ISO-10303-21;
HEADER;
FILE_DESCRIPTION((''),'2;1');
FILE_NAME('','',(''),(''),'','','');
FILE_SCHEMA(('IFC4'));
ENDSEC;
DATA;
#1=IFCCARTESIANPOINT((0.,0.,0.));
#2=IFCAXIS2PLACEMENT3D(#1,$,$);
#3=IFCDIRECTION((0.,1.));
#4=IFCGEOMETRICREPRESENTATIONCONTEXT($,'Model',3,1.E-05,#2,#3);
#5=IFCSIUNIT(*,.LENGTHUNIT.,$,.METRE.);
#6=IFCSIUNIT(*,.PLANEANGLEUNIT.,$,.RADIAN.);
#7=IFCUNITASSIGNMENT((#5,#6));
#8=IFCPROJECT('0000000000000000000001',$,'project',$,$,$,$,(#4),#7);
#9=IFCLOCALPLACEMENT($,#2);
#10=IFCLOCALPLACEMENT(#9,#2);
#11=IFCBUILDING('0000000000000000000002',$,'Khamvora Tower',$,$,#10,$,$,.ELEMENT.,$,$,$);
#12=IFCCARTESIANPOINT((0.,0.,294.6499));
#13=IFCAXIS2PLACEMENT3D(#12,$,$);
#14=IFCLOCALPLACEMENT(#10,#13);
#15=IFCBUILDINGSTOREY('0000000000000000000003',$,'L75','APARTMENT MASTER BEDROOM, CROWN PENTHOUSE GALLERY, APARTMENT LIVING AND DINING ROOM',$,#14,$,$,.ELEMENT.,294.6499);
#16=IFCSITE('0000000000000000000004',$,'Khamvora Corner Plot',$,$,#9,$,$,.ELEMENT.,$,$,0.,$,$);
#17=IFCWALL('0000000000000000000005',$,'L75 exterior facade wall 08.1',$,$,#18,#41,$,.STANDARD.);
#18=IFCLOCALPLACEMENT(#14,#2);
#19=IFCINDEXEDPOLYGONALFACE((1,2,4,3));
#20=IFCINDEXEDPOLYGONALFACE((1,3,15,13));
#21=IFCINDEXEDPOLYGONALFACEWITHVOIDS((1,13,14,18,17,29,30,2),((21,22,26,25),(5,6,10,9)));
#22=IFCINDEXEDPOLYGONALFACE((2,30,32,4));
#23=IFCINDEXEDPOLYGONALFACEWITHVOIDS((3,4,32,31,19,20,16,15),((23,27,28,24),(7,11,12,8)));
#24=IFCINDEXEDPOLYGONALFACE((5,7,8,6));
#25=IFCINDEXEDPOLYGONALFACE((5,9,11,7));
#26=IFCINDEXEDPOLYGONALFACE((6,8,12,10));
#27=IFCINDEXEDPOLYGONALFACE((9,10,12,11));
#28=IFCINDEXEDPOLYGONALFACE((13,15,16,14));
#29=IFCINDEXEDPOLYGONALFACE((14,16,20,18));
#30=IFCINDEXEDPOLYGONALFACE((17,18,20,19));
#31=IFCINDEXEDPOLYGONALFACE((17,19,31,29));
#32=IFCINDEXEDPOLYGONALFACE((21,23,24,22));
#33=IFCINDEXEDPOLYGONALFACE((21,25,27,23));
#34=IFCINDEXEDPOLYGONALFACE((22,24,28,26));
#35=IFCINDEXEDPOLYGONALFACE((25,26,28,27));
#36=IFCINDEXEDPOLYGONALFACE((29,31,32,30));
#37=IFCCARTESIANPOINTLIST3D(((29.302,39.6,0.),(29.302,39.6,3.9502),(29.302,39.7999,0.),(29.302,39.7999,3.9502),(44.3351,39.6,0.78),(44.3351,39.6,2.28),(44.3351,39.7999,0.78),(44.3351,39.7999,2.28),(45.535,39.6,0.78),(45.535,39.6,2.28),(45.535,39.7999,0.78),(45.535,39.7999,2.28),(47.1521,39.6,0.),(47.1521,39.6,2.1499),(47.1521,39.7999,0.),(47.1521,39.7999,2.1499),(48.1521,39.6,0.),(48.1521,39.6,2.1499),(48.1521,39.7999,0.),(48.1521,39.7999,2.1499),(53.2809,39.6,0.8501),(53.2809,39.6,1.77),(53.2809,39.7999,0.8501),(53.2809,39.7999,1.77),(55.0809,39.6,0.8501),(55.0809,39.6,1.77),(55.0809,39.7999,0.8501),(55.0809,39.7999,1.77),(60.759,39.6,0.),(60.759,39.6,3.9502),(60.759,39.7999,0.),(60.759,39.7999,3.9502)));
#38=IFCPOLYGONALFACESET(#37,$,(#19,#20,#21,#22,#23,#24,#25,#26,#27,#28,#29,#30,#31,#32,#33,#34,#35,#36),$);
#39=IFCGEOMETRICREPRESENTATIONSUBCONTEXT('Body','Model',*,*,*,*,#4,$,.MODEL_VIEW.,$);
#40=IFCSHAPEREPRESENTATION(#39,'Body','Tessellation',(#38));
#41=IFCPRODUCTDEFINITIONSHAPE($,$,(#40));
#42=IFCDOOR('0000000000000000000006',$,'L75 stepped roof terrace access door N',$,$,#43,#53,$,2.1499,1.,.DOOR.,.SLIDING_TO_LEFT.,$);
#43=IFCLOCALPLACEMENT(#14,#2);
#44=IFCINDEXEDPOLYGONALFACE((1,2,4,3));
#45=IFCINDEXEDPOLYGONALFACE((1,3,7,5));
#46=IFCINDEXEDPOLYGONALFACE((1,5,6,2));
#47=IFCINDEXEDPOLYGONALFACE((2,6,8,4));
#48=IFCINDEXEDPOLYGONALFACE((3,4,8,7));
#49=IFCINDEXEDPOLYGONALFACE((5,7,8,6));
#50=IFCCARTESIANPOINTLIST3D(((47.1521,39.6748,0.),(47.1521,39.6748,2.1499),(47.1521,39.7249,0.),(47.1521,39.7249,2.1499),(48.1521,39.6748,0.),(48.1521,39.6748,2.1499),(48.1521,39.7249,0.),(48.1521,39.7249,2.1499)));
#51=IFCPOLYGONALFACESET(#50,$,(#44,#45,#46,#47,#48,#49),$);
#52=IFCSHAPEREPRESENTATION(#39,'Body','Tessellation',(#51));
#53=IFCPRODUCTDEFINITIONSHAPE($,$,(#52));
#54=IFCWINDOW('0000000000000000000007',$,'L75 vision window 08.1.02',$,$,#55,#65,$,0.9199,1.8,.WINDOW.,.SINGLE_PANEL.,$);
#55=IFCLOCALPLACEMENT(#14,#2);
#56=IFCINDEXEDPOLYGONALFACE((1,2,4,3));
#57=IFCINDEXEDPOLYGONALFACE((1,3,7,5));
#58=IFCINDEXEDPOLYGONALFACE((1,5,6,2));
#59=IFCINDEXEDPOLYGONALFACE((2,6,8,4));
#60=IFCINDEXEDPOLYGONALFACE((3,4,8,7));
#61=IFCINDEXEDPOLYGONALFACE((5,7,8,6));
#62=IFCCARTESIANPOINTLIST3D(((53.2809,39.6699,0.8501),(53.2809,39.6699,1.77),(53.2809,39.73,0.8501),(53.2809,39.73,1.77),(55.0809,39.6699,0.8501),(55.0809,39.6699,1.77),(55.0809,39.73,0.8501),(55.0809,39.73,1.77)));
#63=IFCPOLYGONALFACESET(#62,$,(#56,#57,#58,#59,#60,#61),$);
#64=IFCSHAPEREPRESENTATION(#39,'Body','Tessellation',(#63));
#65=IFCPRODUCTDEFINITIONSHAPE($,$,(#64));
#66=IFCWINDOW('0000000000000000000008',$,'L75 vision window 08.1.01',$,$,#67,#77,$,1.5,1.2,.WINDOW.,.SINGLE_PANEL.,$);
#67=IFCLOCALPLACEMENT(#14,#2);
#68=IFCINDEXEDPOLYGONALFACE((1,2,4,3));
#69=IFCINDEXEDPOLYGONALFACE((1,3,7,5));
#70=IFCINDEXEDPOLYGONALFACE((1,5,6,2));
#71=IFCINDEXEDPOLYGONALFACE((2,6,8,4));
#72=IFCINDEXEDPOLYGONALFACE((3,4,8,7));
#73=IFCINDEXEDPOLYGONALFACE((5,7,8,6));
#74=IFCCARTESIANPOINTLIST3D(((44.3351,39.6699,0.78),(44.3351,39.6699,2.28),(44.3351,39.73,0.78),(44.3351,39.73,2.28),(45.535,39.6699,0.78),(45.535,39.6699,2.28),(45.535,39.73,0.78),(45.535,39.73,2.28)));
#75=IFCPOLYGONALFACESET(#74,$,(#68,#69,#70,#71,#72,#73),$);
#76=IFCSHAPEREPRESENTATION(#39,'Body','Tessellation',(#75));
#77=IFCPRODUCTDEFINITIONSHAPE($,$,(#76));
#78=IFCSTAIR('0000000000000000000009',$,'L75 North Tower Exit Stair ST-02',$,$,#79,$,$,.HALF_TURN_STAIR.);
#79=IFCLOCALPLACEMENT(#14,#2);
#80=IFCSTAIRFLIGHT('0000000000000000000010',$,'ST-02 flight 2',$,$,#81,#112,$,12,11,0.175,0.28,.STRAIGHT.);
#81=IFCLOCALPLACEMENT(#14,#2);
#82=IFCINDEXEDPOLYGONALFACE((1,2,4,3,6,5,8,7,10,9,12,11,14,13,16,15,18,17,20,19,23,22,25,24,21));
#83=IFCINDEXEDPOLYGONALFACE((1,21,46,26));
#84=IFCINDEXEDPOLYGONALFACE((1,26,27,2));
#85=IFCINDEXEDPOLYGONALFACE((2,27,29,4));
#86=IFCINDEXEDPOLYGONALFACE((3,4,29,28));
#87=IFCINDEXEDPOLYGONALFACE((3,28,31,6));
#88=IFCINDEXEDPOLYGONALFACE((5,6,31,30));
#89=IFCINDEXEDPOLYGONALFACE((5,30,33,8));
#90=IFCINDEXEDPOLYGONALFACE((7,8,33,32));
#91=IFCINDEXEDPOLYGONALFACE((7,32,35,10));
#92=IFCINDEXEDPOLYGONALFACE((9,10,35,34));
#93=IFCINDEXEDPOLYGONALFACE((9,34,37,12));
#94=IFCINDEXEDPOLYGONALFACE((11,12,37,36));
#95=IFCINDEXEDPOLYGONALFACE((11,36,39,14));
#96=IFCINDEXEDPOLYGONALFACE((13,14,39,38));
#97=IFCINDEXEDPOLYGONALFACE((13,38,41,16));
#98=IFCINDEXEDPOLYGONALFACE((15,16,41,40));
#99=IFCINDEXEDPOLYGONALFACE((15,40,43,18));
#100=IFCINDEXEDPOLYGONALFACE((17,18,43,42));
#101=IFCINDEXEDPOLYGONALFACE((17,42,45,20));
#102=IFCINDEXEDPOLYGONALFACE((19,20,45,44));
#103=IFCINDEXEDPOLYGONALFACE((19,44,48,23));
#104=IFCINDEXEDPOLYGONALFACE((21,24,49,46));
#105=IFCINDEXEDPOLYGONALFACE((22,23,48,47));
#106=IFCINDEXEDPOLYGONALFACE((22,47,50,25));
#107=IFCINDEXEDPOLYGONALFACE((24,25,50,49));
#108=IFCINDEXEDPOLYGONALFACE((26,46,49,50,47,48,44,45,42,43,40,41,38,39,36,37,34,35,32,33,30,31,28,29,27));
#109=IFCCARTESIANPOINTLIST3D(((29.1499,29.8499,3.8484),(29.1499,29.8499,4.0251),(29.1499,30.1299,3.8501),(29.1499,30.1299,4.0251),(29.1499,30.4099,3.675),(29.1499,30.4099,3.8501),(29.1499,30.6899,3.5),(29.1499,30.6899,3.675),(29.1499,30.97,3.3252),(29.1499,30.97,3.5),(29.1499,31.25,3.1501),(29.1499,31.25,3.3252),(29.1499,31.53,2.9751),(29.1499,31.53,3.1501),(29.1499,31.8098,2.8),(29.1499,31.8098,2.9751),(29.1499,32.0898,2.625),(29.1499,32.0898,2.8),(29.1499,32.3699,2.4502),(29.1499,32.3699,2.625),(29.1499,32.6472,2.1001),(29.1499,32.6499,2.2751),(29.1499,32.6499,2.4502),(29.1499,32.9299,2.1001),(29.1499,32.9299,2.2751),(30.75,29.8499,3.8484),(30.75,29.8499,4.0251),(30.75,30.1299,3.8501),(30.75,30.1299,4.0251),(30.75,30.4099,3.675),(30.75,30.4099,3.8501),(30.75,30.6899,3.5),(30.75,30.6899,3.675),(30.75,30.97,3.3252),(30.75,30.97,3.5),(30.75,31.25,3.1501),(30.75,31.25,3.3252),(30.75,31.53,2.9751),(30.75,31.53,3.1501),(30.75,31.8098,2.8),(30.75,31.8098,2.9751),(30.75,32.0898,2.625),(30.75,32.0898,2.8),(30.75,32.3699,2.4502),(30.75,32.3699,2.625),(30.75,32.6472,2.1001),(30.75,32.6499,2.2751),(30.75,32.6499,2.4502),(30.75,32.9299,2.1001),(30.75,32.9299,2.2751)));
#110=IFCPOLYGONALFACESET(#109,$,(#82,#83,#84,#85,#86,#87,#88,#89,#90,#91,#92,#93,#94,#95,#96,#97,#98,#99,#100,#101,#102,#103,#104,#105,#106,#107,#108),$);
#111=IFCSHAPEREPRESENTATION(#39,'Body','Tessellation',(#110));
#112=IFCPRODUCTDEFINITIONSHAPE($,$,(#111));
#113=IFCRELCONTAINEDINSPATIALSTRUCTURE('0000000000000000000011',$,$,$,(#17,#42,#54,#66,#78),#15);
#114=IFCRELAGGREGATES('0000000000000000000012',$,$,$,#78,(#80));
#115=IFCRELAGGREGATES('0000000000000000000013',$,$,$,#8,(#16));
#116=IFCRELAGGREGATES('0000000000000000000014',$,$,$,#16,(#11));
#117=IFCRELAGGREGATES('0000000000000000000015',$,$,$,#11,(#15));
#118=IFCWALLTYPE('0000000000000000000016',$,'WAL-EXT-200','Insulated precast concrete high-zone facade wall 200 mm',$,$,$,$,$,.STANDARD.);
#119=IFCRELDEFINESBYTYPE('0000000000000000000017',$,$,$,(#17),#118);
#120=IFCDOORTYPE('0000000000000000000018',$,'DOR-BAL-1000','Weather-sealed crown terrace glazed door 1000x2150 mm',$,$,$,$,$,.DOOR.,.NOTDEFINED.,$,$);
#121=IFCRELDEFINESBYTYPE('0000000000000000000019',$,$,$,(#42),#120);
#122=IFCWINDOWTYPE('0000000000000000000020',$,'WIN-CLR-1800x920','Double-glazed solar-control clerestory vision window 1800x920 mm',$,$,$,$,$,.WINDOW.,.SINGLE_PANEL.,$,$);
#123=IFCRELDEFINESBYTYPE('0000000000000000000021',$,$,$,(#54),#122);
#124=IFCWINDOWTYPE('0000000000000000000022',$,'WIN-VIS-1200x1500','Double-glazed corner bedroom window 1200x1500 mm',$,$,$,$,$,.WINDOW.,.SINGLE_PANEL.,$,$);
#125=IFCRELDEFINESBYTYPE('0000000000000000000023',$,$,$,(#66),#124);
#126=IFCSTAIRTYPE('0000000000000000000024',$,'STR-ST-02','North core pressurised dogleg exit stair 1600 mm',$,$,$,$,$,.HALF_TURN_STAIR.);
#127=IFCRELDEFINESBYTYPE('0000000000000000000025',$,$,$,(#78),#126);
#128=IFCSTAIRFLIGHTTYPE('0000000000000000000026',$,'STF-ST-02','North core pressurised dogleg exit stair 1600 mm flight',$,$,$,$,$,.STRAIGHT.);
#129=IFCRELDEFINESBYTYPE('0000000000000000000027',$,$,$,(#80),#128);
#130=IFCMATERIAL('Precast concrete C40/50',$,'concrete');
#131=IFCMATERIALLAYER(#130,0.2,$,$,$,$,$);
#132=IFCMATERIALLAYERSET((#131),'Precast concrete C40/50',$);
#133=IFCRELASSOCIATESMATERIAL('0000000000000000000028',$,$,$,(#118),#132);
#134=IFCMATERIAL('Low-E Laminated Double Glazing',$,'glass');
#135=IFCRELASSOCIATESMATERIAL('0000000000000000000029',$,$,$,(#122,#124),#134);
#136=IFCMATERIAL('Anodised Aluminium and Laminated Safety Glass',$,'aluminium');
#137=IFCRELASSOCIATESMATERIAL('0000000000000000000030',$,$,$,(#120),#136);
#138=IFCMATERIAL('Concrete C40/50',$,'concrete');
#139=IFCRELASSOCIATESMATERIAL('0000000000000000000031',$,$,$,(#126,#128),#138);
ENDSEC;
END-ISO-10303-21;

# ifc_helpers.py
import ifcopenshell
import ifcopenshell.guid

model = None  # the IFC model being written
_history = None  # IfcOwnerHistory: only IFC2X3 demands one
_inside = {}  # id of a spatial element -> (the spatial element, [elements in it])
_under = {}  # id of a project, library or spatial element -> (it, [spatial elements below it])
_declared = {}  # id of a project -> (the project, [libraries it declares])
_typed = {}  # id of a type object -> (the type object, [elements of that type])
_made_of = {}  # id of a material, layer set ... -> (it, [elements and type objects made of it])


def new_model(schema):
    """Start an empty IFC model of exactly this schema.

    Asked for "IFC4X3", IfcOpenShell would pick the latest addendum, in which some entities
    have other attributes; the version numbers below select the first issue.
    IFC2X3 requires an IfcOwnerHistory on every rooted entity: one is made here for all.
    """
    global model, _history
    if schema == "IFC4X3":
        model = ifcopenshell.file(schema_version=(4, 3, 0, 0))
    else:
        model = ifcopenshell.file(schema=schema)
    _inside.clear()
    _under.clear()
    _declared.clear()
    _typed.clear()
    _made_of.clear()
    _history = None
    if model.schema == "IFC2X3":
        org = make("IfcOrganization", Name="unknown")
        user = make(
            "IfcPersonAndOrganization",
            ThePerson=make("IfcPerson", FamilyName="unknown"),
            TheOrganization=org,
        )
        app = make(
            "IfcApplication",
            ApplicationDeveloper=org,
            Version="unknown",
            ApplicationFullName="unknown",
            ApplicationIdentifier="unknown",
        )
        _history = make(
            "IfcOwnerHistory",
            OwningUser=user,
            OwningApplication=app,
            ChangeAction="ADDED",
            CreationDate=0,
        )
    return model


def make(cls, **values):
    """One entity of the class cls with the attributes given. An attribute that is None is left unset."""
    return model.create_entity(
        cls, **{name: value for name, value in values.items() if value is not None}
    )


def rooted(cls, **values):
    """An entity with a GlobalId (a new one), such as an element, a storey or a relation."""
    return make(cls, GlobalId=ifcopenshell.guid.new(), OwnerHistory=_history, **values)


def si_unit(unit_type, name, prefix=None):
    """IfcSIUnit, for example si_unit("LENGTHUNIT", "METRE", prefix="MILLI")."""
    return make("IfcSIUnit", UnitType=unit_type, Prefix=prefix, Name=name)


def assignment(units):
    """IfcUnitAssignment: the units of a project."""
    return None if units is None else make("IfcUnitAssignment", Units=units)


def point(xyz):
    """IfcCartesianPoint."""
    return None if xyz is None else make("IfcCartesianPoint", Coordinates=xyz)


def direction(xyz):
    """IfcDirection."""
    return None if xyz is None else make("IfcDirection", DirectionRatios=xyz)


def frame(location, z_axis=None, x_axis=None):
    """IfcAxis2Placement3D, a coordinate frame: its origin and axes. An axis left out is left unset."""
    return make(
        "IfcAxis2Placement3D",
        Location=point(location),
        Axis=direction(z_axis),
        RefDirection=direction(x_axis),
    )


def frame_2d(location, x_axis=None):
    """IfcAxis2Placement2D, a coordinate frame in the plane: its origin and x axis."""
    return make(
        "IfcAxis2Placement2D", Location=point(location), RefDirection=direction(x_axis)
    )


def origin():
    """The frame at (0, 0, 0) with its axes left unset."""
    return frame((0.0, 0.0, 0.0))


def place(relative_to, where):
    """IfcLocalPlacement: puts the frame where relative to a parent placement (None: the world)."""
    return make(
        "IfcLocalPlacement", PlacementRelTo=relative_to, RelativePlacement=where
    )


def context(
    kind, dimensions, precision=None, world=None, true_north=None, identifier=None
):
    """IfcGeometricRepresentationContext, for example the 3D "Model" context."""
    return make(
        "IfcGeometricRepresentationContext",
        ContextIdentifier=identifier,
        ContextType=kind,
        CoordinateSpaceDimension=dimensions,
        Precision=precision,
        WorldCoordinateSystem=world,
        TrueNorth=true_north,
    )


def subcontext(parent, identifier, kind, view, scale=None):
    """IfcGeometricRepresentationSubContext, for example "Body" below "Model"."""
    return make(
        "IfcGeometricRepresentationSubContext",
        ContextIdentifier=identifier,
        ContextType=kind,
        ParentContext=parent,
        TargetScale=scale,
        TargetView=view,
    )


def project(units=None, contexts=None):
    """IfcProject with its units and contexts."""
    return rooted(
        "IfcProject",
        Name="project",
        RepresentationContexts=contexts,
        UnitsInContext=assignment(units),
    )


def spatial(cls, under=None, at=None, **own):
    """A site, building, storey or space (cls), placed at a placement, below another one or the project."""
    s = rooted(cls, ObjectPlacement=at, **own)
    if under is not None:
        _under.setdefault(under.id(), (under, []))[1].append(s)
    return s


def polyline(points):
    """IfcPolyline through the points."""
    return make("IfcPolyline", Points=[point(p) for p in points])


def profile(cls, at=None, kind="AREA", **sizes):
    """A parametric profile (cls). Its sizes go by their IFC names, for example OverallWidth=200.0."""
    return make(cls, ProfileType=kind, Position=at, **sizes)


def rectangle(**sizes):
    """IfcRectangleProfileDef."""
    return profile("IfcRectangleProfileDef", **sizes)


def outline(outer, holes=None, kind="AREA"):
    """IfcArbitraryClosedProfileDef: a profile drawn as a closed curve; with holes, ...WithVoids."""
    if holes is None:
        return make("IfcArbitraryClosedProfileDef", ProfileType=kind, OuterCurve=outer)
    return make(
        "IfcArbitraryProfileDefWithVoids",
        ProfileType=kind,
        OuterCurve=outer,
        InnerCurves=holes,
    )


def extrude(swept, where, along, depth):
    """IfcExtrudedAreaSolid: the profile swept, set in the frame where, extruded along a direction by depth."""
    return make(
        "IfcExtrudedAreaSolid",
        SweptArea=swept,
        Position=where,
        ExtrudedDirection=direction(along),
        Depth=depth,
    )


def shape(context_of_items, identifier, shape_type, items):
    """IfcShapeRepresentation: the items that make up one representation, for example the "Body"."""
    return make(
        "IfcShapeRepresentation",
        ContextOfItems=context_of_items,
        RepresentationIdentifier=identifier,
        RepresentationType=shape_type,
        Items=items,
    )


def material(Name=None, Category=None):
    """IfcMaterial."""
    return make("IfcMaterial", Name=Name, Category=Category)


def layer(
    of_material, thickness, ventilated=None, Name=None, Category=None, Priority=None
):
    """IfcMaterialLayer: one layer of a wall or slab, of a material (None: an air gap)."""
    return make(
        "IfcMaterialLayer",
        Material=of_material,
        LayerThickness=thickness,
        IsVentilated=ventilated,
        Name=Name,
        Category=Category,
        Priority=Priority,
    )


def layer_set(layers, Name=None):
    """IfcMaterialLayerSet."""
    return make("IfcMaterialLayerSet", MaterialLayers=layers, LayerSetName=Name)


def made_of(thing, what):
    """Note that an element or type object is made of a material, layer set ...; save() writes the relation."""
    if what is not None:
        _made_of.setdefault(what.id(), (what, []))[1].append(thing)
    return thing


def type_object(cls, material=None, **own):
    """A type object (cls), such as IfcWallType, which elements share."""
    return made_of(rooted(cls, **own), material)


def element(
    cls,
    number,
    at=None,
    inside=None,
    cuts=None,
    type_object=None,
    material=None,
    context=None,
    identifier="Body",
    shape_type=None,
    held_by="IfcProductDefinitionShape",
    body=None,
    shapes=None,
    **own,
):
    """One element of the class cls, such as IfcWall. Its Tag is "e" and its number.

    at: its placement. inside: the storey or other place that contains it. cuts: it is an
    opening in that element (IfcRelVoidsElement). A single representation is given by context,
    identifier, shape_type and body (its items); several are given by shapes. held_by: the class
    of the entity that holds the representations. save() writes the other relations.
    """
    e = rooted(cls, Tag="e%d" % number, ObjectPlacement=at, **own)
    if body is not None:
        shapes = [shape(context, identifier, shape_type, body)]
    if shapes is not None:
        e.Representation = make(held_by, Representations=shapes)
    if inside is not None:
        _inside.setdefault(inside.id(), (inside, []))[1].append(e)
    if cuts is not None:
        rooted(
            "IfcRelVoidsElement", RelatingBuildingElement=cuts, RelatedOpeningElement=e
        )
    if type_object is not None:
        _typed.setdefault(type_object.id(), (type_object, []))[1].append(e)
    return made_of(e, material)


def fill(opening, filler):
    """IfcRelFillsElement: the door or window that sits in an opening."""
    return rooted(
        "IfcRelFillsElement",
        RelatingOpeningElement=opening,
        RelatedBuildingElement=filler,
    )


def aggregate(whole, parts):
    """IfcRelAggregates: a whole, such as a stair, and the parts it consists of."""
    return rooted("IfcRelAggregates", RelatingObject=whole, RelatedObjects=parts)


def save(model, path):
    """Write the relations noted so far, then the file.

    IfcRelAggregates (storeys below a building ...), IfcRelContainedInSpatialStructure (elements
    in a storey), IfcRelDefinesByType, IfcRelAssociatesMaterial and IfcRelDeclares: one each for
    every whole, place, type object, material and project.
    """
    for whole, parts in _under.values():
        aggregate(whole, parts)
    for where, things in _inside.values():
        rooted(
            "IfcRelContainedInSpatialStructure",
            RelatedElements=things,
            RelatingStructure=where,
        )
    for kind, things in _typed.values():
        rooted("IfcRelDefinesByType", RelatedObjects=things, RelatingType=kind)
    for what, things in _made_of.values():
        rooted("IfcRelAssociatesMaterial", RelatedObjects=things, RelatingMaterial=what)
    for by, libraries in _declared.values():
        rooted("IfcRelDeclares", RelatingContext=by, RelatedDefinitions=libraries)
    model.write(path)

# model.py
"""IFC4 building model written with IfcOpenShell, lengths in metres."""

from ifc_helpers import new_model, si_unit, direction, frame, frame_2d, origin, place, context, subcontext, project, spatial, polyline, rectangle, outline, extrude, material, layer, layer_set, type_object, element, fill, aggregate, save


model = new_model("IFC4")

# Units and contexts
model_context = context("Model", 3, precision=1e-05, world=origin(), true_north=direction((0.0, 1.0)))
body_context = subcontext(model_context, "Body", "Model", "MODEL_VIEW")
ifc_project = project(units=[si_unit("LENGTHUNIT", "METRE"), si_unit("PLANEANGLEUNIT", "RADIAN")], contexts=[model_context])

# Site, building, storey
site_placement = place(None, origin())
site = spatial("IfcSite", under=ifc_project, at=site_placement, Name="Khamvora Corner Plot", CompositionType="ELEMENT", RefElevation=0.0)
building_placement = place(site_placement, origin())
building = spatial("IfcBuilding", under=site, at=building_placement, Name="Khamvora Tower", CompositionType="ELEMENT")
storey_placement = place(building_placement, frame((0.0, 0.0, 294.6499)))
storey = spatial("IfcBuildingStorey", under=building, at=storey_placement, Name="L75", Description="APARTMENT MASTER BEDROOM, CROWN PENTHOUSE GALLERY, APARTMENT LIVING AND DINING ROOM", CompositionType="ELEMENT", Elevation=294.6499)

# Shared definitions
ifc_material_1 = material(Name="Precast concrete C40/50", Category="concrete")
ifc_layer_1 = layer(ifc_material_1, 0.2)
ifc_layer_set_1 = layer_set([ifc_layer_1], Name="Precast concrete C40/50")
wall_type_1 = type_object("IfcWallType", Name="WAL-EXT-200", Description="Insulated precast concrete high-zone facade wall 200 mm", PredefinedType="STANDARD", material=ifc_layer_set_1)

# Shared definitions
ifc_material_2 = material(Name="Low-E Laminated Double Glazing", Category="glass")
window_type_1 = type_object("IfcWindowType", Name="WIN-CLR-1800x920", Description="Double-glazed solar-control clerestory vision window 1800x920 mm", PartitioningType="SINGLE_PANEL", PredefinedType="WINDOW", material=ifc_material_2)

# Wall, openings, door, windows
wall_1_placement = place(storey_placement, frame((29.302, 39.7, 0.0), z_axis=(0.0, 0.0, 1.0), x_axis=(1.0, 0.0, 0.0)))
wall_1 = element("IfcWall", 1, at=wall_1_placement, inside=storey, type_object=wall_type_1, Name="L75 exterior facade wall 08.1", PredefinedType="STANDARD", context=body_context, shape_type="SweptSolid", body=[
    extrude(rectangle(XDim=31.457, YDim=0.2, at=frame_2d((15.7285, 0.0))), origin(), (0.0, 0.0, 1.0), 3.9502),
])
opening_1_placement = place(wall_1_placement, frame((17.8501, 0.0, 0.0)))
opening_1 = element("IfcOpeningElement", 2, at=opening_1_placement, cuts=wall_1, PredefinedType="OPENING", context=body_context, shape_type="SweptSolid", body=[
    extrude(rectangle(XDim=1.0, YDim=2.1499, at=frame_2d((0.5, 1.075))), frame((0.0, 0.1099, 0.0), z_axis=(0.0, -1.0, 0.0), x_axis=(1.0, 0.0, 0.0)), (0.0, 0.0, 1.0), 0.22),
])
opening_2_placement = place(wall_1_placement, frame((15.033, 0.0, 0.78)))
opening_2 = element("IfcOpeningElement", 3, at=opening_2_placement, cuts=wall_1, PredefinedType="OPENING", context=body_context, shape_type="SweptSolid", body=[
    extrude(rectangle(XDim=1.2, YDim=1.5, at=frame_2d((0.6001, 0.75))), frame((0.0, 0.1099, 0.0), z_axis=(0.0, -1.0, 0.0), x_axis=(1.0, 0.0, 0.0)), (0.0, 0.0, 1.0), 0.22),
])
opening_3_placement = place(wall_1_placement, frame((23.979, 0.0, 0.8501)))
opening_3 = element("IfcOpeningElement", 4, at=opening_3_placement, cuts=wall_1, PredefinedType="OPENING", context=body_context, shape_type="SweptSolid", body=[
    extrude(rectangle(XDim=1.8, YDim=0.9199, at=frame_2d((0.8999, 0.46))), frame((0.0, 0.1099, 0.0), z_axis=(0.0, -1.0, 0.0), x_axis=(1.0, 0.0, 0.0)), (0.0, 0.0, 1.0), 0.22),
])
ifc_material_3 = material(Name="Anodised Aluminium and Laminated Safety Glass", Category="aluminium")
door_type_1 = type_object("IfcDoorType", Name="DOR-BAL-1000", Description="Weather-sealed crown terrace glazed door 1000x2150 mm", OperationType="NOTDEFINED", PredefinedType="DOOR", material=ifc_material_3)
door_1_placement = place(opening_1_placement, origin())
door_1 = element("IfcDoor", 5, at=door_1_placement, inside=storey, type_object=door_type_1, Name="L75 stepped roof terrace access door N", OperationType="SLIDING_TO_LEFT", OverallHeight=2.1499, OverallWidth=1.0, PredefinedType="DOOR", context=body_context, shape_type="SweptSolid", body=[
    extrude(rectangle(XDim=1.0, YDim=2.1499, at=frame_2d((0.5, 1.075))), frame((0.0, 0.0249, 0.0), z_axis=(0.0, -1.0, 0.0), x_axis=(1.0, 0.0, 0.0)), (0.0, 0.0, 1.0), 0.05),
])
fill(opening_1, door_1)
window_1_placement = place(opening_3_placement, origin())
window_1 = element("IfcWindow", 6, at=window_1_placement, inside=storey, type_object=window_type_1, Name="L75 vision window 08.1.02", OverallHeight=0.9199, OverallWidth=1.8, PartitioningType="SINGLE_PANEL", PredefinedType="WINDOW", context=body_context, shape_type="SweptSolid", body=[
    extrude(rectangle(XDim=1.8, YDim=0.9199, at=frame_2d((0.8999, 0.46))), frame((0.0, 0.03, 0.0), z_axis=(0.0, -1.0, 0.0), x_axis=(1.0, 0.0, 0.0)), (0.0, 0.0, 1.0), 0.0601),
])
fill(opening_3, window_1)
window_type_2 = type_object("IfcWindowType", Name="WIN-VIS-1200x1500", Description="Double-glazed corner bedroom window 1200x1500 mm", PartitioningType="SINGLE_PANEL", PredefinedType="WINDOW", material=ifc_material_2)
window_2_placement = place(opening_2_placement, origin())
window_2 = element("IfcWindow", 7, at=window_2_placement, inside=storey, type_object=window_type_2, Name="L75 vision window 08.1.01", OverallHeight=1.5, OverallWidth=1.2, PartitioningType="SINGLE_PANEL", PredefinedType="WINDOW", context=body_context, shape_type="SweptSolid", body=[
    extrude(rectangle(XDim=1.2, YDim=1.5, at=frame_2d((0.6001, 0.75))), frame((0.0, 0.03, 0.0), z_axis=(0.0, -1.0, 0.0), x_axis=(1.0, 0.0, 0.0)), (0.0, 0.0, 1.0), 0.0601),
])
fill(opening_2, window_2)

# Stair, stair flight
ifc_material_4 = material(Name="Concrete C40/50", Category="concrete")
stair_type = type_object("IfcStairType", Name="STR-ST-02", Description="North core pressurised dogleg exit stair 1600 mm", PredefinedType="HALF_TURN_STAIR", material=ifc_material_4)
stair_placement = place(storey_placement, origin())
stair = element("IfcStair", 8, at=stair_placement, inside=storey, type_object=stair_type, Name="L75 North Tower Exit Stair ST-02", PredefinedType="HALF_TURN_STAIR")
stair_flight_type = type_object("IfcStairFlightType", Name="STF-ST-02", Description="North core pressurised dogleg exit stair 1600 mm flight", PredefinedType="STRAIGHT", material=ifc_material_4)
stair_flight_placement = place(storey_placement, frame((29.95, 32.9299, 2.1001), z_axis=(0.0, 0.0, 1.0), x_axis=(0.0, -1.0, 0.0)))
stair_flight = element("IfcStairFlight", 9, at=stair_flight_placement, type_object=stair_flight_type, Name="ST-02 flight 2", NumberOfRisers=12, NumberOfTreads=11, PredefinedType="STRAIGHT", RiserHeight=0.175, TreadLength=0.28, context=body_context, shape_type="SweptSolid", body=[
    extrude(outline(polyline([(0.0, 0.0), (0.0, 0.175), (0.28, 0.175), (0.28, 0.3501), (0.5601, 0.3501), (0.5601, 0.5249), (0.8401, 0.5249), (0.8401, 0.7), (1.1201, 0.7), (1.1201, 0.875), (1.3999, 0.875), (1.3999, 1.05), (1.6799, 1.05), (1.6799, 1.2251), (1.96, 1.2251), (1.96, 1.3999), (2.24, 1.3999), (2.24, 1.575), (2.52, 1.575), (2.52, 1.75), (2.8, 1.75), (2.8, 1.925), (3.0801, 1.925), (3.0801, 2.1001), (3.0801, 1.7483), (0.2827, 0.0), (0.0, 0.0)])), frame((0.0, 0.8, 0.0), z_axis=(0.0, -1.0, 0.0), x_axis=(1.0, 0.0, 0.0)), (0.0, 0.0, 1.0), 1.6001),
])
aggregate(stair, [stair_flight])

save(model, "model.ifc")
